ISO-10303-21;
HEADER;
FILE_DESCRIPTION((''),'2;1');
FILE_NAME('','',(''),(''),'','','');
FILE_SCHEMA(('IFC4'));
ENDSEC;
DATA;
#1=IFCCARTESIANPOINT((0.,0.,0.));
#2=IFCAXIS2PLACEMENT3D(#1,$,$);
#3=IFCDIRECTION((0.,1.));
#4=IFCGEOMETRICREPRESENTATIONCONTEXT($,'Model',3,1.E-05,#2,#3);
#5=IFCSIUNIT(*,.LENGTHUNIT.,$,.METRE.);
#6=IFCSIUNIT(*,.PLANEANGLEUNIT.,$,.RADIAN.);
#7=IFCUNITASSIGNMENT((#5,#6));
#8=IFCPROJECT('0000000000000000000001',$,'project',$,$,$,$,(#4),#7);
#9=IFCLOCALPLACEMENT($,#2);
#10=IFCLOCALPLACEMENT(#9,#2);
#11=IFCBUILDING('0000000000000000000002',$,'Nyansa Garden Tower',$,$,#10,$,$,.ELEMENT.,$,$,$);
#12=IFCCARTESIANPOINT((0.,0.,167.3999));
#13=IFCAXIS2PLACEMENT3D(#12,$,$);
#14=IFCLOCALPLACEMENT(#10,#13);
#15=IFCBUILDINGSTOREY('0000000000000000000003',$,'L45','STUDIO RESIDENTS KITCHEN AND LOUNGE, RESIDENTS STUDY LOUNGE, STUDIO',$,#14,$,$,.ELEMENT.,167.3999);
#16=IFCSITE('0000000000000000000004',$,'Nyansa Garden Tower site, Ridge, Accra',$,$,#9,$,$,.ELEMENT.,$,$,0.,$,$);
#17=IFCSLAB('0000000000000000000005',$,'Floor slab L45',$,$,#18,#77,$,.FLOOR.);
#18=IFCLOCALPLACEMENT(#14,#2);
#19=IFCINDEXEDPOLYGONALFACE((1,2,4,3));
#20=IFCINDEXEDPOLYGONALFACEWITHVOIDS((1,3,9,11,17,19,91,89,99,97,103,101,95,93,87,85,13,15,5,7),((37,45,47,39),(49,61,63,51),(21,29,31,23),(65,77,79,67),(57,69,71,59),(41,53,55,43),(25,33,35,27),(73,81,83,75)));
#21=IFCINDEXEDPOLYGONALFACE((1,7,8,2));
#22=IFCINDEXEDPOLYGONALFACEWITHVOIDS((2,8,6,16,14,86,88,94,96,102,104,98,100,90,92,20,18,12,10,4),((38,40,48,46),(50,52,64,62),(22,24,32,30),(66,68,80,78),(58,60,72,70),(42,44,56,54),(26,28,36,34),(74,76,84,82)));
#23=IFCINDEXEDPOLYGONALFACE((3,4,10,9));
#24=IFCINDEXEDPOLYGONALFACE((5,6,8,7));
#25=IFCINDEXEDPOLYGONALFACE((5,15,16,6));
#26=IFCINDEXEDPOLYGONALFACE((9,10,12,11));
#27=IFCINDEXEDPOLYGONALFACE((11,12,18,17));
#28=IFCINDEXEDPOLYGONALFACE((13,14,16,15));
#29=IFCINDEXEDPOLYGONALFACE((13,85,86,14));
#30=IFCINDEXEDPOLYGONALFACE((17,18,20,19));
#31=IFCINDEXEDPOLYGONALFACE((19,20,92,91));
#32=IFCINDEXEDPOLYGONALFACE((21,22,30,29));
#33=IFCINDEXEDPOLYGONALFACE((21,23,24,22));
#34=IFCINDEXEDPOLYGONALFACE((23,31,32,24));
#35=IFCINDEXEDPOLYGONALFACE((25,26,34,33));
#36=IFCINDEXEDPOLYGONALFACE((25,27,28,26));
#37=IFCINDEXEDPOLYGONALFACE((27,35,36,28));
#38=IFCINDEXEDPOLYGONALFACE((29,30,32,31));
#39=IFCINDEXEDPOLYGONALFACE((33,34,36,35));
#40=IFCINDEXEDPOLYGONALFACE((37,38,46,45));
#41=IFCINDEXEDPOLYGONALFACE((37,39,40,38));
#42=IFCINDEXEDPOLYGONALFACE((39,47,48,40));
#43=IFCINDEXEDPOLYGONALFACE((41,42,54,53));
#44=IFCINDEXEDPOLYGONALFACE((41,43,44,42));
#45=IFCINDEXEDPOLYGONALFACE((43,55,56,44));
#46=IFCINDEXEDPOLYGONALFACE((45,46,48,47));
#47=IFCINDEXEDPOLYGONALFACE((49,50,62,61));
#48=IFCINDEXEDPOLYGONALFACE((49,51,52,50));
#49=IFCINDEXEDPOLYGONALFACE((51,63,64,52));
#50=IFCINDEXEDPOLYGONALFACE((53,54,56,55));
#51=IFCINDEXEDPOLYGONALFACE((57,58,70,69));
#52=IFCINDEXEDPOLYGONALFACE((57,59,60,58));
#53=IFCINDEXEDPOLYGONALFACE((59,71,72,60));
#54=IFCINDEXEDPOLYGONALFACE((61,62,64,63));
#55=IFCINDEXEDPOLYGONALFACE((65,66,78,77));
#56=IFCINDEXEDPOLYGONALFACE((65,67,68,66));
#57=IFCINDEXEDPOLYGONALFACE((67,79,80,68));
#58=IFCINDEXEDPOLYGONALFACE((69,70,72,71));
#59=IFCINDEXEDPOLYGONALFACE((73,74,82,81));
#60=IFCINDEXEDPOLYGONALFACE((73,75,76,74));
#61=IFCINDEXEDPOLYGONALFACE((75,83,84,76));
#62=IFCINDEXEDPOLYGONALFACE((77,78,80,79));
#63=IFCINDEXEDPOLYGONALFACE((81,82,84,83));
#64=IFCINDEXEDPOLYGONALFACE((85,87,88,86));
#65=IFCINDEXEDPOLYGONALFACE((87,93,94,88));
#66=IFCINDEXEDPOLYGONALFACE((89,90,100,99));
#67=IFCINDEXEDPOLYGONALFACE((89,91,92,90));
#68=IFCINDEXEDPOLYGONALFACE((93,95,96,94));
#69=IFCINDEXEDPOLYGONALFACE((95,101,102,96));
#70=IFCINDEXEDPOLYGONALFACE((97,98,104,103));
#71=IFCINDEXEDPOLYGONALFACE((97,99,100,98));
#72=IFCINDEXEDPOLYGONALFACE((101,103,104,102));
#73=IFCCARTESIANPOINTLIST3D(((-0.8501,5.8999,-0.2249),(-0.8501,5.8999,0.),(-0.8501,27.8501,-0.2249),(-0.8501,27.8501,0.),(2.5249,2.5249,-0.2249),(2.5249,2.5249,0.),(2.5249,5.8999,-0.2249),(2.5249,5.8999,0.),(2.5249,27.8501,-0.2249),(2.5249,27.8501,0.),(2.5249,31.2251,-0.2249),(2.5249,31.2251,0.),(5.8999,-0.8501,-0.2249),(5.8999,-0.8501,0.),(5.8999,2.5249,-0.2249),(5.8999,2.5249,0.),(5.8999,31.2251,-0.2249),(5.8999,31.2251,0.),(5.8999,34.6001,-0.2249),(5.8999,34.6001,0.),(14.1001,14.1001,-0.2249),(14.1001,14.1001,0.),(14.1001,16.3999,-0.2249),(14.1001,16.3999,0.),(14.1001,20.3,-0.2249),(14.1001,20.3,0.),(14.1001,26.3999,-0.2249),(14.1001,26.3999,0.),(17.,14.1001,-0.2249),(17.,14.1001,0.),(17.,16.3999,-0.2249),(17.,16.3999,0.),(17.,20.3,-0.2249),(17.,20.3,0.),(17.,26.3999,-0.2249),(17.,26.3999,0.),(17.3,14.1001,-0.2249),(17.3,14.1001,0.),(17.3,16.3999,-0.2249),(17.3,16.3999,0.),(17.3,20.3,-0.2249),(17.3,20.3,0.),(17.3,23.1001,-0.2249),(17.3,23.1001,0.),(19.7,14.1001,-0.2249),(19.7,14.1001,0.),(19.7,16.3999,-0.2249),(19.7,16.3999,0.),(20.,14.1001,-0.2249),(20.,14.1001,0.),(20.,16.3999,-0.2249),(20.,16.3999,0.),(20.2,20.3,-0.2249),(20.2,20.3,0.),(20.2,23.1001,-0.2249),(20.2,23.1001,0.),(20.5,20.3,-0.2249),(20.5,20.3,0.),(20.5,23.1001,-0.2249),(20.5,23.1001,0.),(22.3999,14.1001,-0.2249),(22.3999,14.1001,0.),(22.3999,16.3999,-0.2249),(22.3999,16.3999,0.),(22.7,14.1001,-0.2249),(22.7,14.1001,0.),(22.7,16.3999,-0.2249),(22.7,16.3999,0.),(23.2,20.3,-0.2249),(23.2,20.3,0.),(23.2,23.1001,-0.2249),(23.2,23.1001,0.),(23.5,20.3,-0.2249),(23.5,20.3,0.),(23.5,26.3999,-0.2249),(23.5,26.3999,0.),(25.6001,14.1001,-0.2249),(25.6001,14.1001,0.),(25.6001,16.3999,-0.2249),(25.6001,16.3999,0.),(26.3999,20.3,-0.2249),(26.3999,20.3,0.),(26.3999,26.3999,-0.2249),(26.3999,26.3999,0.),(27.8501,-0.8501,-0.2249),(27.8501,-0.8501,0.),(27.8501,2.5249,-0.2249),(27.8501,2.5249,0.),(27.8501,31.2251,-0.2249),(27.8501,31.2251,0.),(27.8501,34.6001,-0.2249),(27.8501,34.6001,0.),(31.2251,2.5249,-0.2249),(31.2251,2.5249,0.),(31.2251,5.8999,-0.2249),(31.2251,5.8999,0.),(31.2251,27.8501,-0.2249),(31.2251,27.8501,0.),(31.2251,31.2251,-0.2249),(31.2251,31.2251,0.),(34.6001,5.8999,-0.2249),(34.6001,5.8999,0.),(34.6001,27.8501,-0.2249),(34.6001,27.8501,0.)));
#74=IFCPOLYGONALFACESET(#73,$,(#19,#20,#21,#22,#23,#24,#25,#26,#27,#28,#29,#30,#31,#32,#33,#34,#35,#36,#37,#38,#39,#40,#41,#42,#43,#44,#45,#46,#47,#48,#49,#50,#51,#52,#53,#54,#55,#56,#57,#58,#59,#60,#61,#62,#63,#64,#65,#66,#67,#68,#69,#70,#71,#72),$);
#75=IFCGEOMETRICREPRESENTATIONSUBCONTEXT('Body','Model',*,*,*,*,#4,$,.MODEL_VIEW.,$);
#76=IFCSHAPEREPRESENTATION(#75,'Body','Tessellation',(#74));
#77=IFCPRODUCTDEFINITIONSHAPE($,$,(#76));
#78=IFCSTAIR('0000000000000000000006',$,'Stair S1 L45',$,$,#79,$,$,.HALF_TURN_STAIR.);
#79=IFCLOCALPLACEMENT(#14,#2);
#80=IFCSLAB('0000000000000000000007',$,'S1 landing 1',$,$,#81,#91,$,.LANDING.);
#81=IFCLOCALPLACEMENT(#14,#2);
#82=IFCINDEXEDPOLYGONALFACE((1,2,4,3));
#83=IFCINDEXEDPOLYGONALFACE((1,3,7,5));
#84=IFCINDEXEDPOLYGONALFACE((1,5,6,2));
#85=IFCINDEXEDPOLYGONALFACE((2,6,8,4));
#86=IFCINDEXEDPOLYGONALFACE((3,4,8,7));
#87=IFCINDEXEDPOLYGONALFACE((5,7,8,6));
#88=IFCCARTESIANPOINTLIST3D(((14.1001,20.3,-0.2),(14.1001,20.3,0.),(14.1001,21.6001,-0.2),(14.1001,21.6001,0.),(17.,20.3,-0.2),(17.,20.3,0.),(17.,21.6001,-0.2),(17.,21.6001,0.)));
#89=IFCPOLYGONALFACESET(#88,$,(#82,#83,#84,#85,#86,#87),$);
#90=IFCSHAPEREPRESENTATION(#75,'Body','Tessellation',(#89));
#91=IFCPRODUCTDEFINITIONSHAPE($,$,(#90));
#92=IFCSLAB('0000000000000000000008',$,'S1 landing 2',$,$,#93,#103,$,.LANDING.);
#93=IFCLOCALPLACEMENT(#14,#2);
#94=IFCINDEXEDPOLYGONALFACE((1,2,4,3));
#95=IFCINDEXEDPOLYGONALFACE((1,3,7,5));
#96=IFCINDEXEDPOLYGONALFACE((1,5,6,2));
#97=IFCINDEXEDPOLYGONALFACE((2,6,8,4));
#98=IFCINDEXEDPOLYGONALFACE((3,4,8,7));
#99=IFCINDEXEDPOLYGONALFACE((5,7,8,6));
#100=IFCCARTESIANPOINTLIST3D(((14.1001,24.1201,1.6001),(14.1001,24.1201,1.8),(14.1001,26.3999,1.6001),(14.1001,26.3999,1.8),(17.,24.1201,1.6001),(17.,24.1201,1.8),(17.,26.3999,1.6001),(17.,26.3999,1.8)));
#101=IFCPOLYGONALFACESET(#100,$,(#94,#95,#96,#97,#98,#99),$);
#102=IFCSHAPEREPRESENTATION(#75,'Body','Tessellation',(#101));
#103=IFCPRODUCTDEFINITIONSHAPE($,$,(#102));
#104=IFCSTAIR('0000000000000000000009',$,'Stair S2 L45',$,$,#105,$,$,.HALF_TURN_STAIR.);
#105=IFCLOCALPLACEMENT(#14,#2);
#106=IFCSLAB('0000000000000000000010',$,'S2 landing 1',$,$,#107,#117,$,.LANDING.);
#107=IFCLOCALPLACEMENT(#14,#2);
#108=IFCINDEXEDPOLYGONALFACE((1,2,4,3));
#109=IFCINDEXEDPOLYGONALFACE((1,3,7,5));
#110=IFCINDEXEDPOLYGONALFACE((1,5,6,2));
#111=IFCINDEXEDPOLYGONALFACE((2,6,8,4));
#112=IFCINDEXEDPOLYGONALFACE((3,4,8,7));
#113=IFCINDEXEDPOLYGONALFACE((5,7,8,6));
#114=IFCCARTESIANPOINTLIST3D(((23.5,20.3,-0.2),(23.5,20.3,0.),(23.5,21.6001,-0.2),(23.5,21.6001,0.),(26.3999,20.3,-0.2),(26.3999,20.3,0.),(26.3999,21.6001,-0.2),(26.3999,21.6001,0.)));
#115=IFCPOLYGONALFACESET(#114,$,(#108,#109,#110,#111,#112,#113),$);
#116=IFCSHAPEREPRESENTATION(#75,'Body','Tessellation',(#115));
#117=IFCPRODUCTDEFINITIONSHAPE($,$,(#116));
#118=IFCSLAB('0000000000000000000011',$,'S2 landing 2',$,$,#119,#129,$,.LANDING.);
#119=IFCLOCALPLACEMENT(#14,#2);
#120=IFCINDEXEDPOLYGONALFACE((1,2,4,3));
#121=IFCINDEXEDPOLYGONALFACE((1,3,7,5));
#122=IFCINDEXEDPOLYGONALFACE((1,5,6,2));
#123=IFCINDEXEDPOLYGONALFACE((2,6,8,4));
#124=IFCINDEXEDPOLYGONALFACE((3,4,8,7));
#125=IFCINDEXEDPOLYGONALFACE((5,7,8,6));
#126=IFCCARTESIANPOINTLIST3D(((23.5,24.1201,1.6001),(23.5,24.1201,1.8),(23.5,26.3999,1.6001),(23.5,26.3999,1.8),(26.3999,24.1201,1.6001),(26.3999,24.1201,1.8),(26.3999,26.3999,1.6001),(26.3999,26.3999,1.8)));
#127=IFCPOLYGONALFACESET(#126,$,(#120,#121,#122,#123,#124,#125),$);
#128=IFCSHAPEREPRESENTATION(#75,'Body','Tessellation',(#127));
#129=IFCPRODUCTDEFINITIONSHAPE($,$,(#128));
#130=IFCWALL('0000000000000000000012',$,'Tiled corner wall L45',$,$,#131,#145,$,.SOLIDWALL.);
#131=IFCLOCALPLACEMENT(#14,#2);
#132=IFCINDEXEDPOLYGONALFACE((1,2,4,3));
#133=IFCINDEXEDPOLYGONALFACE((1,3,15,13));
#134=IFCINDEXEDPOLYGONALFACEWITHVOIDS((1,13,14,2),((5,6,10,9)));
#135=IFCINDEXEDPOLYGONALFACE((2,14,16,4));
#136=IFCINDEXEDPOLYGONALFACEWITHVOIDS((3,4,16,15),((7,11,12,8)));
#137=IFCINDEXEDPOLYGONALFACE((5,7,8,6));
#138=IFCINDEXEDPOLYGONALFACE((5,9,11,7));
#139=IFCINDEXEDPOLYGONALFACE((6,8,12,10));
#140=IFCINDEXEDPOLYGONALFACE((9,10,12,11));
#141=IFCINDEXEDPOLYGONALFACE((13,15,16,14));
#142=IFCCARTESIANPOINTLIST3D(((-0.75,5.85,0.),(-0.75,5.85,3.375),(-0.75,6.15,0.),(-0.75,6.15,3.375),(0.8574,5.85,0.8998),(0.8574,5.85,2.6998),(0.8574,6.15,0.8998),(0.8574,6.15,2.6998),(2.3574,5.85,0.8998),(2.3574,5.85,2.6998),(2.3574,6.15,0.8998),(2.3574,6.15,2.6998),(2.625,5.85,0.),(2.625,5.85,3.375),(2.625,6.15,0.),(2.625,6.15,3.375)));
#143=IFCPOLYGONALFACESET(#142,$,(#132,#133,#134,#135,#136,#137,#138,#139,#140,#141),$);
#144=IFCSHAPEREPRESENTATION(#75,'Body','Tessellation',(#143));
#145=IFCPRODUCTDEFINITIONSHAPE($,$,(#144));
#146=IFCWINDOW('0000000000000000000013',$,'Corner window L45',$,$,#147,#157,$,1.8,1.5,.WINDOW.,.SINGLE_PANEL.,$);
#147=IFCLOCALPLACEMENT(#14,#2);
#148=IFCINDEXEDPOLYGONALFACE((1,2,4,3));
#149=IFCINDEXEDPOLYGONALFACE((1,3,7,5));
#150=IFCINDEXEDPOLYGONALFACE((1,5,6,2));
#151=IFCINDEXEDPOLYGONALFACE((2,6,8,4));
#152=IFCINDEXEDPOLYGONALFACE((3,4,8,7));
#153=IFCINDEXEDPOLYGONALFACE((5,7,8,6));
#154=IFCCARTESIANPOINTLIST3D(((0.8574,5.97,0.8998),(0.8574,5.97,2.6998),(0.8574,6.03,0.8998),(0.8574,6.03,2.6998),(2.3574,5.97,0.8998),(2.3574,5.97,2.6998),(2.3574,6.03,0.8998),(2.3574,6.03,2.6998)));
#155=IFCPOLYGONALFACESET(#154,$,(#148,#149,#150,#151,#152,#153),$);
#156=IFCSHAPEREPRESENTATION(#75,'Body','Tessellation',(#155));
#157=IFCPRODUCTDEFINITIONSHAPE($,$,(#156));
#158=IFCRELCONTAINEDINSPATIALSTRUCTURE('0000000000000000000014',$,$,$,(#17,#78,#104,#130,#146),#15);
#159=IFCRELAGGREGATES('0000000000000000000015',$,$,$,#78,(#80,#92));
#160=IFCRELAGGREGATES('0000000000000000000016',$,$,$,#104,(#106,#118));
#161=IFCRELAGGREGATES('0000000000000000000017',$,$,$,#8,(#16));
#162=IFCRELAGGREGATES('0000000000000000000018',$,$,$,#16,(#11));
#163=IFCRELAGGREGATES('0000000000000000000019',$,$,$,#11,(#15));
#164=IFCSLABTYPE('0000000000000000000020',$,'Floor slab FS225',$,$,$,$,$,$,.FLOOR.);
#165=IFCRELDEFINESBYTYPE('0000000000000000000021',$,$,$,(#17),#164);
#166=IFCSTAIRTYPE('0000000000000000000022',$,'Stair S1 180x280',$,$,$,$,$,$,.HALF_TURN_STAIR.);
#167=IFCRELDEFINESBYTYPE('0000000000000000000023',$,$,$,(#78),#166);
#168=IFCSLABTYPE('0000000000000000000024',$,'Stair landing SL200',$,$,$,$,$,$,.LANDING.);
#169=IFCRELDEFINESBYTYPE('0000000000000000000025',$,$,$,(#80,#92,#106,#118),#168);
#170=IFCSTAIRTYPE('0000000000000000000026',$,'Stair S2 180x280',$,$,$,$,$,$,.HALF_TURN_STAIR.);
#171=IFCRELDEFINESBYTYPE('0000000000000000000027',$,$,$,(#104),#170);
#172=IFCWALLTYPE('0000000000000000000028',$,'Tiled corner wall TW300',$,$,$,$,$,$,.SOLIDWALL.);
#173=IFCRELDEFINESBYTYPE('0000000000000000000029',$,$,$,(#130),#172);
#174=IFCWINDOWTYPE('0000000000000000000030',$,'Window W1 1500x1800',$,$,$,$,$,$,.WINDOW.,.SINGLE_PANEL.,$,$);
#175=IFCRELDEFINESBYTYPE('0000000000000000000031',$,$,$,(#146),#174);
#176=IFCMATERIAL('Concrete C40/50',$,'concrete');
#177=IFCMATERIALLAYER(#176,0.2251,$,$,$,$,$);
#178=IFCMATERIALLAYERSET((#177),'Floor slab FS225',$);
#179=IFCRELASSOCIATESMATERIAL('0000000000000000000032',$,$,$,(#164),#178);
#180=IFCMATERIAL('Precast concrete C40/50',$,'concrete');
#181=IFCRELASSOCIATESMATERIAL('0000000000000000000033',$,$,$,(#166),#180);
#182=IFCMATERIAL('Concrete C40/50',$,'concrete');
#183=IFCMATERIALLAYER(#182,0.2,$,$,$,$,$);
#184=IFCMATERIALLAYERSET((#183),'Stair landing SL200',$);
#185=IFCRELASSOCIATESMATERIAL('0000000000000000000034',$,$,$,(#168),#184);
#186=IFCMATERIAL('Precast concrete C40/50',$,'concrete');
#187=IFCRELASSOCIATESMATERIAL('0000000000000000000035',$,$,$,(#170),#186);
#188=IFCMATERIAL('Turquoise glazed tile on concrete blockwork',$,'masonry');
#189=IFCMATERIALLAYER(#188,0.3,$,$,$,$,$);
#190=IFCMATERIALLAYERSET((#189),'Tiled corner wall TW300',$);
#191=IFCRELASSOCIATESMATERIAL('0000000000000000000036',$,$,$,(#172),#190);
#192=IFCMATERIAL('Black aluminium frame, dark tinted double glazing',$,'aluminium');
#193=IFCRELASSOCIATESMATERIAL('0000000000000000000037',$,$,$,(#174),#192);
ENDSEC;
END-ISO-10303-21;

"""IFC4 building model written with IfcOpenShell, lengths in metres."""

from ifc_helpers import new_model, si_unit, direction, frame, frame_2d, origin, place, context, subcontext, project, spatial, polyline, rectangle, outline, extrude, material, layer, layer_set, type_object, element, fill, aggregate, save


model = new_model("IFC4")

# Units and contexts
model_context = context("Model", 3, precision=1e-05, world=origin(), true_north=direction((0.0, 1.0)))
body_context = subcontext(model_context, "Body", "Model", "MODEL_VIEW")
ifc_project = project(units=[si_unit("LENGTHUNIT", "METRE"), si_unit("PLANEANGLEUNIT", "RADIAN")], contexts=[model_context])

# Site, building, storey
site_placement = place(None, origin())
site = spatial("IfcSite", under=ifc_project, at=site_placement, Name="Nyansa Garden Tower site, Ridge, Accra", CompositionType="ELEMENT", RefElevation=0.0)
building_placement = place(site_placement, origin())
building = spatial("IfcBuilding", under=site, at=building_placement, Name="Nyansa Garden Tower", CompositionType="ELEMENT")
storey_placement = place(building_placement, frame((0.0, 0.0, 167.3999)))
storey = spatial("IfcBuildingStorey", under=building, at=storey_placement, Name="L45", Description="STUDIO RESIDENTS KITCHEN AND LOUNGE, RESIDENTS STUDY LOUNGE, STUDIO", CompositionType="ELEMENT", Elevation=167.3999)

# Slab
ifc_material_1 = material(Name="Concrete C40/50", Category="concrete")
ifc_layer_1 = layer(ifc_material_1, 0.2251)
ifc_layer_set_1 = layer_set([ifc_layer_1], Name="Floor slab FS225")
slab_type_1 = type_object("IfcSlabType", Name="Floor slab FS225", PredefinedType="FLOOR", material=ifc_layer_set_1)
slab_1_placement = place(storey_placement, frame((0.0, 0.0, -0.2249)))
element("IfcSlab", 1, at=slab_1_placement, inside=storey, type_object=slab_type_1, Name="Floor slab L45", PredefinedType="FLOOR", context=body_context, shape_type="SweptSolid", body=[
    extrude(outline(polyline([(34.6001, 5.8999), (31.2251, 5.8999), (31.2251, 2.5249), (27.8501, 2.5249), (27.8501, -0.8501), (5.8999, -0.8501), (5.8999, 2.5249), (2.5249, 2.5249), (2.5249, 5.8999), (-0.8501, 5.8999), (-0.8501, 27.8501), (2.5249, 27.8501), (2.5249, 31.2251), (5.8999, 31.2251), (5.8999, 34.6001), (27.8501, 34.6001), (27.8501, 31.2251), (31.2251, 31.2251), (31.2251, 27.8501), (34.6001, 27.8501), (34.6001, 5.8999)]), holes=[polyline([(14.1001, 14.1001), (17.0, 14.1001), (17.0, 16.3999), (14.1001, 16.3999), (14.1001, 14.1001)]), polyline([(17.3, 14.1001), (19.7, 14.1001), (19.7, 16.3999), (17.3, 16.3999), (17.3, 14.1001)]), polyline([(20.0, 14.1001), (22.3999, 14.1001), (22.3999, 16.3999), (20.0, 16.3999), (20.0, 14.1001)]), polyline([(22.7, 14.1001), (25.6001, 14.1001), (25.6001, 16.3999), (22.7, 16.3999), (22.7, 14.1001)]), polyline([(17.3, 20.3), (20.2, 20.3), (20.2, 23.1001), (17.3, 23.1001), (17.3, 20.3)]), polyline([(20.5, 20.3), (23.2, 20.3), (23.2, 23.1001), (20.5, 23.1001), (20.5, 20.3)]), polyline([(14.1001, 20.3), (17.0, 20.3), (17.0, 26.3999), (14.1001, 26.3999), (14.1001, 20.3)]), polyline([(23.5, 20.3), (26.3999, 20.3), (26.3999, 26.3999), (23.5, 26.3999), (23.5, 20.3)])]), origin(), (0.0, 0.0, 1.0), 0.2249),
])

# Stairs, slabs
ifc_material_2 = material(Name="Precast concrete C40/50", Category="concrete")
stair_type_1 = type_object("IfcStairType", Name="Stair S1 180x280", PredefinedType="HALF_TURN_STAIR", material=ifc_material_2)
stair_1_placement = place(storey_placement, origin())
stair_1 = element("IfcStair", 2, at=stair_1_placement, inside=storey, type_object=stair_type_1, Name="Stair S1 L45", PredefinedType="HALF_TURN_STAIR")
ifc_material_3 = material(Name="Concrete C40/50", Category="concrete")
ifc_layer_2 = layer(ifc_material_3, 0.2)
ifc_layer_set_2 = layer_set([ifc_layer_2], Name="Stair landing SL200")
slab_type_2 = type_object("IfcSlabType", Name="Stair landing SL200", PredefinedType="LANDING", material=ifc_layer_set_2)
slab_2_placement = place(storey_placement, frame((0.0, 0.0, -0.2)))
slab_2 = element("IfcSlab", 3, at=slab_2_placement, type_object=slab_type_2, Name="S1 landing 1", PredefinedType="LANDING", context=body_context, shape_type="SweptSolid", body=[
    extrude(outline(polyline([(14.1001, 20.3), (17.0, 20.3), (17.0, 21.6001), (14.1001, 21.6001), (14.1001, 20.3)])), origin(), (0.0, 0.0, 1.0), 0.2),
])
slab_3_placement = place(storey_placement, frame((0.0, 0.0, 1.6001)))
slab_3 = element("IfcSlab", 4, at=slab_3_placement, type_object=slab_type_2, Name="S1 landing 2", PredefinedType="LANDING", context=body_context, shape_type="SweptSolid", body=[
    extrude(outline(polyline([(14.1001, 24.1201), (17.0, 24.1201), (17.0, 26.3999), (14.1001, 26.3999), (14.1001, 24.1201)])), origin(), (0.0, 0.0, 1.0), 0.2),
])
aggregate(stair_1, [slab_2, slab_3])
ifc_material_4 = material(Name="Precast concrete C40/50", Category="concrete")
stair_type_2 = type_object("IfcStairType", Name="Stair S2 180x280", PredefinedType="HALF_TURN_STAIR", material=ifc_material_4)
stair_2_placement = place(storey_placement, origin())
stair_2 = element("IfcStair", 5, at=stair_2_placement, inside=storey, type_object=stair_type_2, Name="Stair S2 L45", PredefinedType="HALF_TURN_STAIR")
slab_4_placement = place(storey_placement, frame((0.0, 0.0, -0.2)))
slab_4 = element("IfcSlab", 6, at=slab_4_placement, type_object=slab_type_2, Name="S2 landing 1", PredefinedType="LANDING", context=body_context, shape_type="SweptSolid", body=[
    extrude(outline(polyline([(23.5, 20.3), (26.3999, 20.3), (26.3999, 21.6001), (23.5, 21.6001), (23.5, 20.3)])), origin(), (0.0, 0.0, 1.0), 0.2),
])
slab_5_placement = place(storey_placement, frame((0.0, 0.0, 1.6001)))
slab_5 = element("IfcSlab", 7, at=slab_5_placement, type_object=slab_type_2, Name="S2 landing 2", PredefinedType="LANDING", context=body_context, shape_type="SweptSolid", body=[
    extrude(outline(polyline([(23.5, 24.1201), (26.3999, 24.1201), (26.3999, 26.3999), (23.5, 26.3999), (23.5, 24.1201)])), origin(), (0.0, 0.0, 1.0), 0.2),
])
aggregate(stair_2, [slab_4, slab_5])

# Wall, opening, window
ifc_material_5 = material(Name="Turquoise glazed tile on concrete blockwork", Category="masonry")
ifc_layer_3 = layer(ifc_material_5, 0.3)
ifc_layer_set_3 = layer_set([ifc_layer_3], Name="Tiled corner wall TW300")
wall_type = type_object("IfcWallType", Name="Tiled corner wall TW300", PredefinedType="SOLIDWALL", material=ifc_layer_set_3)
wall_1_placement = place(storey_placement, frame((-0.75, 6.0, 0.0), z_axis=(0.0, 0.0, 1.0), x_axis=(1.0, 0.0, 0.0)))
wall_1 = element("IfcWall", 8, at=wall_1_placement, inside=storey, type_object=wall_type, Name="Tiled corner wall L45", PredefinedType="SOLIDWALL", context=body_context, shape_type="SweptSolid", body=[
    extrude(rectangle(XDim=3.375, YDim=0.3, at=frame_2d((1.6875, 0.0))), origin(), (0.0, 0.0, 1.0), 3.375),
])
opening_1_placement = place(wall_1_placement, frame((1.6074, 0.0, 0.8999)))
opening_1 = element("IfcOpeningElement", 9, at=opening_1_placement, cuts=wall_1, PredefinedType="OPENING", context=body_context, shape_type="SweptSolid", body=[
    extrude(rectangle(XDim=1.5, YDim=1.8, at=frame_2d((0.75, 0.8999))), frame((0.0, 0.1599, 0.0), z_axis=(0.0, -1.0, 0.0), x_axis=(1.0, 0.0, 0.0)), (0.0, 0.0, 1.0), 0.3201),
])
ifc_material_6 = material(Name="Black aluminium frame, dark tinted double glazing", Category="aluminium")
window_type_1 = type_object("IfcWindowType", Name="Window W1 1500x1800", PartitioningType="SINGLE_PANEL", PredefinedType="WINDOW", material=ifc_material_6)
window_1_placement = place(opening_1_placement, origin())
window_1 = element("IfcWindow", 10, at=window_1_placement, inside=storey, type_object=window_type_1, Name="Corner window L45", OverallHeight=1.8, OverallWidth=1.5, PartitioningType="SINGLE_PANEL", PredefinedType="WINDOW", context=body_context, shape_type="SweptSolid", body=[
    extrude(rectangle(XDim=1.5, YDim=1.8, at=frame_2d((0.75, 0.8999))), frame((0.0, 0.03, 0.0), z_axis=(0.0, -1.0, 0.0), x_axis=(1.0, 0.0, 0.0)), (0.0, 0.0, 1.0), 0.0601),
])
fill(opening_1, window_1)

save(model, "model.ifc")
